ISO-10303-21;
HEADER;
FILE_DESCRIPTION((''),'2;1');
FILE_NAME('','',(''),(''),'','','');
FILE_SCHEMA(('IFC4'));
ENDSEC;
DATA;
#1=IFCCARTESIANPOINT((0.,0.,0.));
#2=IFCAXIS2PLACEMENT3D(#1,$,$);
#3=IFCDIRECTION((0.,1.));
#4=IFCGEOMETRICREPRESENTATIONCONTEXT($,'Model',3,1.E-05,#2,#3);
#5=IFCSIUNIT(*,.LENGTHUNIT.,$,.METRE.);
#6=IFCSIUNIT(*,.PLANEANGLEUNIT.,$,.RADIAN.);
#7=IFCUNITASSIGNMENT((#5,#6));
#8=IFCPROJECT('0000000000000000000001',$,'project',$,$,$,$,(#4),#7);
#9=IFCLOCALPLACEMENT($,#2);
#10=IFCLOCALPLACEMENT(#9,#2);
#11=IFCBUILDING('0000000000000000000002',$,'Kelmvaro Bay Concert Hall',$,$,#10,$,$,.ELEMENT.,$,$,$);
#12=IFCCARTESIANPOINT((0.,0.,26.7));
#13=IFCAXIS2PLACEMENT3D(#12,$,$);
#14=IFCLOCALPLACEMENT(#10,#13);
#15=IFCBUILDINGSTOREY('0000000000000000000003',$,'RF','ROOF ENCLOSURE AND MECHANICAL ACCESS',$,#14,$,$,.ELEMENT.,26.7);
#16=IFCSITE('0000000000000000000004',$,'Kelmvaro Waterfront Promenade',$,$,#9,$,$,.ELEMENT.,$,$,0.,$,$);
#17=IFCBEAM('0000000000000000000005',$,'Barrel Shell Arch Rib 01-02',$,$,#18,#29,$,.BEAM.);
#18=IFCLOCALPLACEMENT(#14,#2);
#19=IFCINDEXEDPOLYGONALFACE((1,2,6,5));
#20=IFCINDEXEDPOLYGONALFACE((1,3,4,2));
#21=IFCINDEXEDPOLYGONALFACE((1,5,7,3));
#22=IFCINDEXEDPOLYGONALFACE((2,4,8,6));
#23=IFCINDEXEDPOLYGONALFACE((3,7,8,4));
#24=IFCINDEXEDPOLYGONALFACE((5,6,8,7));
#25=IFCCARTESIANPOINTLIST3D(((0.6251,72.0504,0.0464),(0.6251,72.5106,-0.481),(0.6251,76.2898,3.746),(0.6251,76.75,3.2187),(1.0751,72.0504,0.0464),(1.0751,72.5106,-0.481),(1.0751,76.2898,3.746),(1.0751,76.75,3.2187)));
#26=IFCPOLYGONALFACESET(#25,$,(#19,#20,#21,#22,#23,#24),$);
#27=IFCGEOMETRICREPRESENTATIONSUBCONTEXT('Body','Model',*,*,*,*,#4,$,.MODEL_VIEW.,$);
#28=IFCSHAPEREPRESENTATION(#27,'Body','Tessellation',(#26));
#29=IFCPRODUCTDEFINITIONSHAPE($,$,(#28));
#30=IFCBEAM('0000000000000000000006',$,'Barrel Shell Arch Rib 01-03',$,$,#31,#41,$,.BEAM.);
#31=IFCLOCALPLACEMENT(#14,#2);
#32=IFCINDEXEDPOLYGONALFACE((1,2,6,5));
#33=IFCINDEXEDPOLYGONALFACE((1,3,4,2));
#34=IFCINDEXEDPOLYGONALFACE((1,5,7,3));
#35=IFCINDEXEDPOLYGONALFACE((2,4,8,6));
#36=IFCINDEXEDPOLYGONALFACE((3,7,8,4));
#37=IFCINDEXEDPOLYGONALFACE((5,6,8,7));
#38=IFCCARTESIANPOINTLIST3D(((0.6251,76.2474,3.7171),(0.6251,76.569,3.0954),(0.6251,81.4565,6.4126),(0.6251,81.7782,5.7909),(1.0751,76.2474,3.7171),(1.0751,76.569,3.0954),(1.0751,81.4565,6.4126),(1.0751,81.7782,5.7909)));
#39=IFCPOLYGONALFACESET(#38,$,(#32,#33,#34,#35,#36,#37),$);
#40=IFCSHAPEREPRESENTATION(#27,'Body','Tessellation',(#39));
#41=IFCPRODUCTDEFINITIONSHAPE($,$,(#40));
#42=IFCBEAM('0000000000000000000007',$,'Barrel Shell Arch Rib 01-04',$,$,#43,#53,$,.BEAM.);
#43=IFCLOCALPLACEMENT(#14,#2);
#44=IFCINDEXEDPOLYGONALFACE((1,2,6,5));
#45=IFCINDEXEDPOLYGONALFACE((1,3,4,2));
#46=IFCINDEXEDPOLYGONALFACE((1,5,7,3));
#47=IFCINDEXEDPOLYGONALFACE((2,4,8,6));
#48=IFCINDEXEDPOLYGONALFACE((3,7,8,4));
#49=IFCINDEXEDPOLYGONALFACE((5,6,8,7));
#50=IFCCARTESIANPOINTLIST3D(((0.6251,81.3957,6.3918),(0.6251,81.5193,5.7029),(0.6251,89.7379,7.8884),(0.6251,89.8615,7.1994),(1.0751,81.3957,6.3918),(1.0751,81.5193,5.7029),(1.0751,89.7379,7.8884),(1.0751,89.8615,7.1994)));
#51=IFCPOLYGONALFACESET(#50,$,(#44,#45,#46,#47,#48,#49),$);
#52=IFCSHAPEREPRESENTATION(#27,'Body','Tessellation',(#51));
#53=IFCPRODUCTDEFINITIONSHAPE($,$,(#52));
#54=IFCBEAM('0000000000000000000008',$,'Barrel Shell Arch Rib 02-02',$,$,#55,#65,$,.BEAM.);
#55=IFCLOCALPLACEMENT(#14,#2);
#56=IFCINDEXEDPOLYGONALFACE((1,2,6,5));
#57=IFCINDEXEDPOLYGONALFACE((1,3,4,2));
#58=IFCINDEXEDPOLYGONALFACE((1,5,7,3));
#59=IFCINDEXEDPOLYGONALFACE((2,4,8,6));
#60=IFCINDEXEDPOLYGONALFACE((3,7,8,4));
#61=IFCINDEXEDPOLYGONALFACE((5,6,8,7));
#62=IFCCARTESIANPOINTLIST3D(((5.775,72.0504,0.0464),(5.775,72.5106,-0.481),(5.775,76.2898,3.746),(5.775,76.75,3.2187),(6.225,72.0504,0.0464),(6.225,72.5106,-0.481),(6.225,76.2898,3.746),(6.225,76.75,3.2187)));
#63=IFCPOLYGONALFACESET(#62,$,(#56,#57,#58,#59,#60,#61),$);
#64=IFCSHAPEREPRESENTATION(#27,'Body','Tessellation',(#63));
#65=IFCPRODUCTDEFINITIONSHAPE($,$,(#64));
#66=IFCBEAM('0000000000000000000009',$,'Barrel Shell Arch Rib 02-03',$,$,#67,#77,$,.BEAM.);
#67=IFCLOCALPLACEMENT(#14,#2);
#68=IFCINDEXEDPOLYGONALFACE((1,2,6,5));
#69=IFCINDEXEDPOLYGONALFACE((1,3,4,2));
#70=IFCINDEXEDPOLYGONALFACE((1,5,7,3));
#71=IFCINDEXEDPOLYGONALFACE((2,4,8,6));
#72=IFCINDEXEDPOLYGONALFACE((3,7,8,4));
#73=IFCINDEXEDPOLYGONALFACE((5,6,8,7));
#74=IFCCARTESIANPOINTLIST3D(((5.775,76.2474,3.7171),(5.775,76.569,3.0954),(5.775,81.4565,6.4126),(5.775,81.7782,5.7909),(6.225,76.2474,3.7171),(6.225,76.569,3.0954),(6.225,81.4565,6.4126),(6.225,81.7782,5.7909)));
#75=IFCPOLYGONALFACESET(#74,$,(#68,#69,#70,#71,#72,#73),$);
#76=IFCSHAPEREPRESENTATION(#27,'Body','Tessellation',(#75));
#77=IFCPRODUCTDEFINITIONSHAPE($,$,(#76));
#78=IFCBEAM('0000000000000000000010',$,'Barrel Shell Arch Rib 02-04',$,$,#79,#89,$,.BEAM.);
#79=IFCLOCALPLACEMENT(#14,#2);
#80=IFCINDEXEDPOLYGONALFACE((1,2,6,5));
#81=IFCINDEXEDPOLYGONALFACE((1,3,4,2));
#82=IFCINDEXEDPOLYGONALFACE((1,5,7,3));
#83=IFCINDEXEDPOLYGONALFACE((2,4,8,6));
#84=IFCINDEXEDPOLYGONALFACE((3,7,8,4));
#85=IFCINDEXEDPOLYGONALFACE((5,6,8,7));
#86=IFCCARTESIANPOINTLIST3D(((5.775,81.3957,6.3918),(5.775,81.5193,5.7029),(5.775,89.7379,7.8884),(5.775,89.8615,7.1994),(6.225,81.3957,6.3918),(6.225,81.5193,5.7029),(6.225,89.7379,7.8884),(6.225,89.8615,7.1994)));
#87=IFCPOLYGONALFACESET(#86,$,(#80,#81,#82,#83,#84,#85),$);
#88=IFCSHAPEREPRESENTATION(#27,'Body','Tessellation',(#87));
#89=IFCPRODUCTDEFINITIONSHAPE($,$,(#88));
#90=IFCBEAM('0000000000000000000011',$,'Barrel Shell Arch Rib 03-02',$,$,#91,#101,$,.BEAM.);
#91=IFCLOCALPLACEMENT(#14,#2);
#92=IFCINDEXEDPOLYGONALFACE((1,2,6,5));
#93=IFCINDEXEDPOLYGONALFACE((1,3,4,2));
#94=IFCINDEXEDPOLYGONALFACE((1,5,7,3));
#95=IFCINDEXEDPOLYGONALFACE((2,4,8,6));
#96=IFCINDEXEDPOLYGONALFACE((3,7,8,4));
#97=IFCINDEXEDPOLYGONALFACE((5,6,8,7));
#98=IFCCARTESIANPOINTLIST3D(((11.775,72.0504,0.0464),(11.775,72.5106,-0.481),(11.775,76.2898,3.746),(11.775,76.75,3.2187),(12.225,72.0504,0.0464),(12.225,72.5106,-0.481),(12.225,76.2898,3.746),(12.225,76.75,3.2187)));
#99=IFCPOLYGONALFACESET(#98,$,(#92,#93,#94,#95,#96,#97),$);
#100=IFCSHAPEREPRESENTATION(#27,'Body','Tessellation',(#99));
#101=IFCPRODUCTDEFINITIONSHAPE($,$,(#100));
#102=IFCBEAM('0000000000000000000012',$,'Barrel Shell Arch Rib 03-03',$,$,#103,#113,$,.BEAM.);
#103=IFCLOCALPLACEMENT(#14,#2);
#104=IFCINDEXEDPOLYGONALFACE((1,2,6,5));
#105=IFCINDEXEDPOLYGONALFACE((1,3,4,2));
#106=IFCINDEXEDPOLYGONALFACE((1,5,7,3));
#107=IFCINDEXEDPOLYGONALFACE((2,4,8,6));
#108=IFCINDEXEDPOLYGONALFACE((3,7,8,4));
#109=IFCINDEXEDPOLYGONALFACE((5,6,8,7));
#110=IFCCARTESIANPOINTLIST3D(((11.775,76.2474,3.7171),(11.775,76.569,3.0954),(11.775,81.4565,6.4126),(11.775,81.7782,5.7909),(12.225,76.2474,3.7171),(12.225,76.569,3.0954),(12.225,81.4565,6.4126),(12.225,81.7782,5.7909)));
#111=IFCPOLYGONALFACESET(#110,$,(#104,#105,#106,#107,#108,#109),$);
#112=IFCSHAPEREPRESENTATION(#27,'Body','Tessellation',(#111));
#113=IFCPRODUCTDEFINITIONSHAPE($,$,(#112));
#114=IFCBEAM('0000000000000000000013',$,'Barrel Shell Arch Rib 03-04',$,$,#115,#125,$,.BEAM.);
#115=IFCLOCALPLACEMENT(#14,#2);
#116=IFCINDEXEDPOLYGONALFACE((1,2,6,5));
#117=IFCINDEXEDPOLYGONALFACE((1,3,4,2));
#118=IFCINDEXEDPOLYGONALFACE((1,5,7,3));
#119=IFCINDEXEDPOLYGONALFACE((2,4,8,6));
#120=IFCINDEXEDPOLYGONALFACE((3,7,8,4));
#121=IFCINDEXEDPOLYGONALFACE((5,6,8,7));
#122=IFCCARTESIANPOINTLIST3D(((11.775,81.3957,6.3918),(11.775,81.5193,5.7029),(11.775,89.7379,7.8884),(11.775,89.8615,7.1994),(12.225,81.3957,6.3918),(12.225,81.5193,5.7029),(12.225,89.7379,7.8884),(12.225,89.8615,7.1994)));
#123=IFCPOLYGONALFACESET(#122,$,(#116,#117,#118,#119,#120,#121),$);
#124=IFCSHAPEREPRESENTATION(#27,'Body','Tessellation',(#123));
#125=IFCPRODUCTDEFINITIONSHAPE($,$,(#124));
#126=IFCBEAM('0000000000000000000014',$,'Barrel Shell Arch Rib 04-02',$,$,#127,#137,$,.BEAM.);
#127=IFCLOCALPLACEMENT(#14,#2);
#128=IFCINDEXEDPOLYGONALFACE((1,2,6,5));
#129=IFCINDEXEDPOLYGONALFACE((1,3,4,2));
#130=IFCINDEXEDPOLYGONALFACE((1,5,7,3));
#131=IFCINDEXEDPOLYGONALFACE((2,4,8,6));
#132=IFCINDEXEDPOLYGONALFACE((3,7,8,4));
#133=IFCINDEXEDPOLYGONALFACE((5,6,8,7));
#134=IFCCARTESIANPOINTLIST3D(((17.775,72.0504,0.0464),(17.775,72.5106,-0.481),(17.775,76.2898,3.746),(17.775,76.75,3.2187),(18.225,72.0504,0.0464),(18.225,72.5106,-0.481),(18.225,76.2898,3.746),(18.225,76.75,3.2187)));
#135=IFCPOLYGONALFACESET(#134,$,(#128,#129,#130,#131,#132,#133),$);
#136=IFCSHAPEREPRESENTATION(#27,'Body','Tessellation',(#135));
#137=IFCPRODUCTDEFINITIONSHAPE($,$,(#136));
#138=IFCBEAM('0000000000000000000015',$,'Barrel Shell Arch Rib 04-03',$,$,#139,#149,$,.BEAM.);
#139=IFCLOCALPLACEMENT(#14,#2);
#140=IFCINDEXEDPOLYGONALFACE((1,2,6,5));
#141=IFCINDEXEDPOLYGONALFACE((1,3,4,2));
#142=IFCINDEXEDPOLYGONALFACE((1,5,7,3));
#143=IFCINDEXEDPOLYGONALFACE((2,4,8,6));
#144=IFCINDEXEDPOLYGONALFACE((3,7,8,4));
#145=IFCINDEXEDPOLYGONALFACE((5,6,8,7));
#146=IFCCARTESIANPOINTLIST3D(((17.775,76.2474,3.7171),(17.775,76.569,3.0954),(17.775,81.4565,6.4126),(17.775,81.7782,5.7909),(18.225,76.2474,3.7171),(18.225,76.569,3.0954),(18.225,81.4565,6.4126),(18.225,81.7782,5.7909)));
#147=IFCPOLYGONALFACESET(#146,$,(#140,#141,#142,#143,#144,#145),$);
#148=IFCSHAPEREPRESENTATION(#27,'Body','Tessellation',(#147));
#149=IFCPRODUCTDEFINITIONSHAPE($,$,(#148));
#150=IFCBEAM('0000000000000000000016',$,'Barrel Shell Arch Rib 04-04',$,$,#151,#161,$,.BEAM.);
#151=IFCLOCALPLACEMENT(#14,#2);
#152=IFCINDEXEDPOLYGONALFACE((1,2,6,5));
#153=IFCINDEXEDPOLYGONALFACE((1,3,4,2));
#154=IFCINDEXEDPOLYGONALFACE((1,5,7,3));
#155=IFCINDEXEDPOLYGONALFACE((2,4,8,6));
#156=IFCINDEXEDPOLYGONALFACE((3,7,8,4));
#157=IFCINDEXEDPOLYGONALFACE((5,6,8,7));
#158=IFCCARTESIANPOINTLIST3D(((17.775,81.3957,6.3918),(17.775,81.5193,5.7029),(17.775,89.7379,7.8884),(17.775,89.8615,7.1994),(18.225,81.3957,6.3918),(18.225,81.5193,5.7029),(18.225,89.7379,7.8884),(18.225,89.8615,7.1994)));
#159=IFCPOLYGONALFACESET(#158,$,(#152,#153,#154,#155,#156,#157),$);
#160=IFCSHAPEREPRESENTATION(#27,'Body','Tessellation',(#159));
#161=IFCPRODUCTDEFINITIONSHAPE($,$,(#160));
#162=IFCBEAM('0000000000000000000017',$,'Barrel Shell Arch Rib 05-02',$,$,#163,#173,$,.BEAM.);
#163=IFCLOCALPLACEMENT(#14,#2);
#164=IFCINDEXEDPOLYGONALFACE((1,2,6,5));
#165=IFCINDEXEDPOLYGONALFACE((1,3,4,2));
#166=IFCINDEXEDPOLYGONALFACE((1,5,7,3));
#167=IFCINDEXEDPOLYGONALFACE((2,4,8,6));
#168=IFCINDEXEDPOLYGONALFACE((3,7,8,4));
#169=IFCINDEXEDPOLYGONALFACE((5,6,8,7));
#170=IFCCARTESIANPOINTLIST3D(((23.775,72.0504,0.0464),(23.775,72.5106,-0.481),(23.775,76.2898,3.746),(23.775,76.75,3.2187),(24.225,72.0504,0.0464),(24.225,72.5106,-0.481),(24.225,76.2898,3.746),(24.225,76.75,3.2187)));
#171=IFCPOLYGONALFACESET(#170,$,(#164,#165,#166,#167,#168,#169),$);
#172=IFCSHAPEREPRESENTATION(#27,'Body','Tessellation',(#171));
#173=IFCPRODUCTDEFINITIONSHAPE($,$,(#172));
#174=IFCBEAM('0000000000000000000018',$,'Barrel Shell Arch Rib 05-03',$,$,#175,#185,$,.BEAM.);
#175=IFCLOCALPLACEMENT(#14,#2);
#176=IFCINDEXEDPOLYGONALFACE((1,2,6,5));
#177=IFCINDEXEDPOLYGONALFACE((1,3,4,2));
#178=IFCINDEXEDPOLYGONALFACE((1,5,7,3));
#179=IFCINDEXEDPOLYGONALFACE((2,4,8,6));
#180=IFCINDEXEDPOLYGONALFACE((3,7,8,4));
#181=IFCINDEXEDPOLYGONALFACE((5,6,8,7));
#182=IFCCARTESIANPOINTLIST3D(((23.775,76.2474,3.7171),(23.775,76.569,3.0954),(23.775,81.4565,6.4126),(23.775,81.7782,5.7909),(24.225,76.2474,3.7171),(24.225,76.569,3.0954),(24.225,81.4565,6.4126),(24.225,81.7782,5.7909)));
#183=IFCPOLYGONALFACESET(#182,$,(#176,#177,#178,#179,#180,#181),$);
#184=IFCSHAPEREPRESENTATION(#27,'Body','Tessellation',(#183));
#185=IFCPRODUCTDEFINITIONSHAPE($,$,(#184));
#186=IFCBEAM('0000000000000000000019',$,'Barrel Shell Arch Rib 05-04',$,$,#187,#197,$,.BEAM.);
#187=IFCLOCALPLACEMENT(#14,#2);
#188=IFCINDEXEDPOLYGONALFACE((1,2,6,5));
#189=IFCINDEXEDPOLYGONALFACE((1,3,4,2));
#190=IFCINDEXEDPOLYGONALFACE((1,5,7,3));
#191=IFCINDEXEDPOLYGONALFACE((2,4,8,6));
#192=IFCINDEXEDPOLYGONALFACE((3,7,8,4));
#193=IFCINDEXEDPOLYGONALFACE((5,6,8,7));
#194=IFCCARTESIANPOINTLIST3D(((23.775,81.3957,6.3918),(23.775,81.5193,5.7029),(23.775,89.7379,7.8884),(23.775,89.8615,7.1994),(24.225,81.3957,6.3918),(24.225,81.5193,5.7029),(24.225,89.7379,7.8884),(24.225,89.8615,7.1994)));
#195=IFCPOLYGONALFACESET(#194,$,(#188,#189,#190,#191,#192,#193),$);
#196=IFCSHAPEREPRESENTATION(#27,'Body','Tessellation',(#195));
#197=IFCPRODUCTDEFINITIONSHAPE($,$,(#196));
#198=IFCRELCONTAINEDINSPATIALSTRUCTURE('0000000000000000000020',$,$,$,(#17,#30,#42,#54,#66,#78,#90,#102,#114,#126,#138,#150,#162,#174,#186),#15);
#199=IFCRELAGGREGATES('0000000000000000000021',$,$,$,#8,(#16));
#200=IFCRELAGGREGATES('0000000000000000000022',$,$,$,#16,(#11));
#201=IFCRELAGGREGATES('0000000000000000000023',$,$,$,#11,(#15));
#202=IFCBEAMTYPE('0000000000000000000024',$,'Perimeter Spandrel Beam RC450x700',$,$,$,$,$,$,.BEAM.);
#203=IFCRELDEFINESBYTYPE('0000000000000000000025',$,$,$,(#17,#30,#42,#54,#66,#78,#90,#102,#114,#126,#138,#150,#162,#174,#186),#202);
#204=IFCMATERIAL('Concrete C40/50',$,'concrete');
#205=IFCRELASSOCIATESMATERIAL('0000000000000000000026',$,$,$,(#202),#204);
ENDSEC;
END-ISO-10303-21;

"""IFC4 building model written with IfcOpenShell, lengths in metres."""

from ifc_helpers import new_model, si_unit, direction, frame, origin, origin_2d, place, context, subcontext, project, spatial, rectangle, extrude, material, material_profile, profile_set, type_object, element, save


model = new_model("IFC4")

# Units and contexts
model_context = context("Model", 3, precision=1e-05, world=origin(), true_north=direction((0.0, 1.0)))
body_context = subcontext(model_context, "Body", "Model", "MODEL_VIEW")
ifc_project = project(units=[si_unit("LENGTHUNIT", "METRE"), si_unit("PLANEANGLEUNIT", "RADIAN")], contexts=[model_context])

# Site, building, storey
site_placement = place(None, origin())
site = spatial("IfcSite", under=ifc_project, at=site_placement, Name="Kelmvaro Waterfront Promenade", CompositionType="ELEMENT", RefElevation=0.0)
building_placement = place(site_placement, origin())
building = spatial("IfcBuilding", under=site, at=building_placement, Name="Kelmvaro Bay Concert Hall", CompositionType="ELEMENT")
storey_placement = place(building_placement, frame((0.0, 0.0, 26.7)))
storey = spatial("IfcBuildingStorey", under=building, at=storey_placement, Name="RF", Description="ROOF ENCLOSURE AND MECHANICAL ACCESS", CompositionType="ELEMENT", Elevation=26.7)

# Beams
ifc_material_1 = material(Name="Concrete C40/50", Category="concrete")
ifc_material_profile = material_profile(ifc_material_1, rectangle(XDim=0.45, YDim=0.7, at=origin_2d()), Name="RC-BM-450X700")
ifc_profile_set = profile_set([ifc_material_profile], Name="Concrete C40/50")
beam_type = type_object("IfcBeamType", Name="Perimeter Spandrel Beam RC450x700", PredefinedType="BEAM", material=ifc_profile_set)
beam_1_placement = place(storey_placement, frame((0.8501, 72.2805, -0.2173), z_axis=(0.0, 0.753444, 0.657512), x_axis=(-1.0, 0.0, 0.0)))
element("IfcBeam", 1, at=beam_1_placement, inside=storey, type_object=beam_type, Name="Barrel Shell Arch Rib 01-02", PredefinedType="BEAM", context=body_context, shape_type="SweptSolid", body=[
    extrude(rectangle(XDim=0.45, YDim=0.7, at=origin_2d()), origin(), (0.0, 0.0, 1.0), 5.6267),
])
beam_2_placement = place(storey_placement, frame((0.8501, 76.4082, 3.4062), z_axis=(0.0, 0.888139, 0.459575), x_axis=(-1.0, 0.0, 0.0)))
element("IfcBeam", 2, at=beam_2_placement, inside=storey, type_object=beam_type, Name="Barrel Shell Arch Rib 01-03", PredefinedType="BEAM", context=body_context, shape_type="SweptSolid", body=[
    extrude(rectangle(XDim=0.45, YDim=0.7, at=origin_2d()), origin(), (0.0, 0.0, 1.0), 5.8652),
])
beam_3_placement = place(storey_placement, frame((0.8501, 81.4575, 6.0474), z_axis=(0.0, 0.984287, 0.176578), x_axis=(-1.0, 0.0, 0.0)))
element("IfcBeam", 3, at=beam_3_placement, inside=storey, type_object=beam_type, Name="Barrel Shell Arch Rib 01-04", PredefinedType="BEAM", context=body_context, shape_type="SweptSolid", body=[
    extrude(rectangle(XDim=0.45, YDim=0.7, at=origin_2d()), origin(), (0.0, 0.0, 1.0), 8.4753),
])
beam_4_placement = place(storey_placement, frame((6.0, 72.2805, -0.2173), z_axis=(0.0, 0.753444, 0.657512), x_axis=(-1.0, 0.0, 0.0)))
element("IfcBeam", 4, at=beam_4_placement, inside=storey, type_object=beam_type, Name="Barrel Shell Arch Rib 02-02", PredefinedType="BEAM", context=body_context, shape_type="SweptSolid", body=[
    extrude(rectangle(XDim=0.45, YDim=0.7, at=origin_2d()), origin(), (0.0, 0.0, 1.0), 5.6267),
])
beam_5_placement = place(storey_placement, frame((6.0, 76.4082, 3.4062), z_axis=(0.0, 0.888139, 0.459575), x_axis=(-1.0, 0.0, 0.0)))
element("IfcBeam", 5, at=beam_5_placement, inside=storey, type_object=beam_type, Name="Barrel Shell Arch Rib 02-03", PredefinedType="BEAM", context=body_context, shape_type="SweptSolid", body=[
    extrude(rectangle(XDim=0.45, YDim=0.7, at=origin_2d()), origin(), (0.0, 0.0, 1.0), 5.8652),
])
beam_6_placement = place(storey_placement, frame((6.0, 81.4575, 6.0474), z_axis=(0.0, 0.984287, 0.176578), x_axis=(-1.0, 0.0, 0.0)))
element("IfcBeam", 6, at=beam_6_placement, inside=storey, type_object=beam_type, Name="Barrel Shell Arch Rib 02-04", PredefinedType="BEAM", context=body_context, shape_type="SweptSolid", body=[
    extrude(rectangle(XDim=0.45, YDim=0.7, at=origin_2d()), origin(), (0.0, 0.0, 1.0), 8.4753),
])
beam_7_placement = place(storey_placement, frame((12.0, 72.2805, -0.2173), z_axis=(0.0, 0.753444, 0.657512), x_axis=(-1.0, 0.0, 0.0)))
element("IfcBeam", 7, at=beam_7_placement, inside=storey, type_object=beam_type, Name="Barrel Shell Arch Rib 03-02", PredefinedType="BEAM", context=body_context, shape_type="SweptSolid", body=[
    extrude(rectangle(XDim=0.45, YDim=0.7, at=origin_2d()), origin(), (0.0, 0.0, 1.0), 5.6267),
])
beam_8_placement = place(storey_placement, frame((12.0, 76.4082, 3.4062), z_axis=(0.0, 0.888139, 0.459575), x_axis=(-1.0, 0.0, 0.0)))
element("IfcBeam", 8, at=beam_8_placement, inside=storey, type_object=beam_type, Name="Barrel Shell Arch Rib 03-03", PredefinedType="BEAM", context=body_context, shape_type="SweptSolid", body=[
    extrude(rectangle(XDim=0.45, YDim=0.7, at=origin_2d()), origin(), (0.0, 0.0, 1.0), 5.8652),
])
beam_9_placement = place(storey_placement, frame((12.0, 81.4575, 6.0474), z_axis=(0.0, 0.984287, 0.176578), x_axis=(-1.0, 0.0, 0.0)))
element("IfcBeam", 9, at=beam_9_placement, inside=storey, type_object=beam_type, Name="Barrel Shell Arch Rib 03-04", PredefinedType="BEAM", context=body_context, shape_type="SweptSolid", body=[
    extrude(rectangle(XDim=0.45, YDim=0.7, at=origin_2d()), origin(), (0.0, 0.0, 1.0), 8.4753),
])
beam_10_placement = place(storey_placement, frame((18.0, 72.2805, -0.2173), z_axis=(0.0, 0.753444, 0.657512), x_axis=(-1.0, 0.0, 0.0)))
element("IfcBeam", 10, at=beam_10_placement, inside=storey, type_object=beam_type, Name="Barrel Shell Arch Rib 04-02", PredefinedType="BEAM", context=body_context, shape_type="SweptSolid", body=[
    extrude(rectangle(XDim=0.45, YDim=0.7, at=origin_2d()), origin(), (0.0, 0.0, 1.0), 5.6267),
])
beam_11_placement = place(storey_placement, frame((18.0, 76.4082, 3.4062), z_axis=(0.0, 0.888139, 0.459575), x_axis=(-1.0, 0.0, 0.0)))
element("IfcBeam", 11, at=beam_11_placement, inside=storey, type_object=beam_type, Name="Barrel Shell Arch Rib 04-03", PredefinedType="BEAM", context=body_context, shape_type="SweptSolid", body=[
    extrude(rectangle(XDim=0.45, YDim=0.7, at=origin_2d()), origin(), (0.0, 0.0, 1.0), 5.8652),
])
beam_12_placement = place(storey_placement, frame((18.0, 81.4575, 6.0474), z_axis=(0.0, 0.984287, 0.176578), x_axis=(-1.0, 0.0, 0.0)))
element("IfcBeam", 12, at=beam_12_placement, inside=storey, type_object=beam_type, Name="Barrel Shell Arch Rib 04-04", PredefinedType="BEAM", context=body_context, shape_type="SweptSolid", body=[
    extrude(rectangle(XDim=0.45, YDim=0.7, at=origin_2d()), origin(), (0.0, 0.0, 1.0), 8.4753),
])
beam_13_placement = place(storey_placement, frame((24.0, 72.2805, -0.2173), z_axis=(0.0, 0.753444, 0.657512), x_axis=(-1.0, 0.0, 0.0)))
element("IfcBeam", 13, at=beam_13_placement, inside=storey, type_object=beam_type, Name="Barrel Shell Arch Rib 05-02", PredefinedType="BEAM", context=body_context, shape_type="SweptSolid", body=[
    extrude(rectangle(XDim=0.45, YDim=0.7, at=origin_2d()), origin(), (0.0, 0.0, 1.0), 5.6267),
])
beam_14_placement = place(storey_placement, frame((24.0, 76.4082, 3.4062), z_axis=(0.0, 0.888139, 0.459575), x_axis=(-1.0, 0.0, 0.0)))
element("IfcBeam", 14, at=beam_14_placement, inside=storey, type_object=beam_type, Name="Barrel Shell Arch Rib 05-03", PredefinedType="BEAM", context=body_context, shape_type="SweptSolid", body=[
    extrude(rectangle(XDim=0.45, YDim=0.7, at=origin_2d()), origin(), (0.0, 0.0, 1.0), 5.8652),
])
beam_15_placement = place(storey_placement, frame((24.0, 81.4575, 6.0474), z_axis=(0.0, 0.984287, 0.176578), x_axis=(-1.0, 0.0, 0.0)))
element("IfcBeam", 15, at=beam_15_placement, inside=storey, type_object=beam_type, Name="Barrel Shell Arch Rib 05-04", PredefinedType="BEAM", context=body_context, shape_type="SweptSolid", body=[
    extrude(rectangle(XDim=0.45, YDim=0.7, at=origin_2d()), origin(), (0.0, 0.0, 1.0), 8.4753),
])

save(model, "model.ifc")
